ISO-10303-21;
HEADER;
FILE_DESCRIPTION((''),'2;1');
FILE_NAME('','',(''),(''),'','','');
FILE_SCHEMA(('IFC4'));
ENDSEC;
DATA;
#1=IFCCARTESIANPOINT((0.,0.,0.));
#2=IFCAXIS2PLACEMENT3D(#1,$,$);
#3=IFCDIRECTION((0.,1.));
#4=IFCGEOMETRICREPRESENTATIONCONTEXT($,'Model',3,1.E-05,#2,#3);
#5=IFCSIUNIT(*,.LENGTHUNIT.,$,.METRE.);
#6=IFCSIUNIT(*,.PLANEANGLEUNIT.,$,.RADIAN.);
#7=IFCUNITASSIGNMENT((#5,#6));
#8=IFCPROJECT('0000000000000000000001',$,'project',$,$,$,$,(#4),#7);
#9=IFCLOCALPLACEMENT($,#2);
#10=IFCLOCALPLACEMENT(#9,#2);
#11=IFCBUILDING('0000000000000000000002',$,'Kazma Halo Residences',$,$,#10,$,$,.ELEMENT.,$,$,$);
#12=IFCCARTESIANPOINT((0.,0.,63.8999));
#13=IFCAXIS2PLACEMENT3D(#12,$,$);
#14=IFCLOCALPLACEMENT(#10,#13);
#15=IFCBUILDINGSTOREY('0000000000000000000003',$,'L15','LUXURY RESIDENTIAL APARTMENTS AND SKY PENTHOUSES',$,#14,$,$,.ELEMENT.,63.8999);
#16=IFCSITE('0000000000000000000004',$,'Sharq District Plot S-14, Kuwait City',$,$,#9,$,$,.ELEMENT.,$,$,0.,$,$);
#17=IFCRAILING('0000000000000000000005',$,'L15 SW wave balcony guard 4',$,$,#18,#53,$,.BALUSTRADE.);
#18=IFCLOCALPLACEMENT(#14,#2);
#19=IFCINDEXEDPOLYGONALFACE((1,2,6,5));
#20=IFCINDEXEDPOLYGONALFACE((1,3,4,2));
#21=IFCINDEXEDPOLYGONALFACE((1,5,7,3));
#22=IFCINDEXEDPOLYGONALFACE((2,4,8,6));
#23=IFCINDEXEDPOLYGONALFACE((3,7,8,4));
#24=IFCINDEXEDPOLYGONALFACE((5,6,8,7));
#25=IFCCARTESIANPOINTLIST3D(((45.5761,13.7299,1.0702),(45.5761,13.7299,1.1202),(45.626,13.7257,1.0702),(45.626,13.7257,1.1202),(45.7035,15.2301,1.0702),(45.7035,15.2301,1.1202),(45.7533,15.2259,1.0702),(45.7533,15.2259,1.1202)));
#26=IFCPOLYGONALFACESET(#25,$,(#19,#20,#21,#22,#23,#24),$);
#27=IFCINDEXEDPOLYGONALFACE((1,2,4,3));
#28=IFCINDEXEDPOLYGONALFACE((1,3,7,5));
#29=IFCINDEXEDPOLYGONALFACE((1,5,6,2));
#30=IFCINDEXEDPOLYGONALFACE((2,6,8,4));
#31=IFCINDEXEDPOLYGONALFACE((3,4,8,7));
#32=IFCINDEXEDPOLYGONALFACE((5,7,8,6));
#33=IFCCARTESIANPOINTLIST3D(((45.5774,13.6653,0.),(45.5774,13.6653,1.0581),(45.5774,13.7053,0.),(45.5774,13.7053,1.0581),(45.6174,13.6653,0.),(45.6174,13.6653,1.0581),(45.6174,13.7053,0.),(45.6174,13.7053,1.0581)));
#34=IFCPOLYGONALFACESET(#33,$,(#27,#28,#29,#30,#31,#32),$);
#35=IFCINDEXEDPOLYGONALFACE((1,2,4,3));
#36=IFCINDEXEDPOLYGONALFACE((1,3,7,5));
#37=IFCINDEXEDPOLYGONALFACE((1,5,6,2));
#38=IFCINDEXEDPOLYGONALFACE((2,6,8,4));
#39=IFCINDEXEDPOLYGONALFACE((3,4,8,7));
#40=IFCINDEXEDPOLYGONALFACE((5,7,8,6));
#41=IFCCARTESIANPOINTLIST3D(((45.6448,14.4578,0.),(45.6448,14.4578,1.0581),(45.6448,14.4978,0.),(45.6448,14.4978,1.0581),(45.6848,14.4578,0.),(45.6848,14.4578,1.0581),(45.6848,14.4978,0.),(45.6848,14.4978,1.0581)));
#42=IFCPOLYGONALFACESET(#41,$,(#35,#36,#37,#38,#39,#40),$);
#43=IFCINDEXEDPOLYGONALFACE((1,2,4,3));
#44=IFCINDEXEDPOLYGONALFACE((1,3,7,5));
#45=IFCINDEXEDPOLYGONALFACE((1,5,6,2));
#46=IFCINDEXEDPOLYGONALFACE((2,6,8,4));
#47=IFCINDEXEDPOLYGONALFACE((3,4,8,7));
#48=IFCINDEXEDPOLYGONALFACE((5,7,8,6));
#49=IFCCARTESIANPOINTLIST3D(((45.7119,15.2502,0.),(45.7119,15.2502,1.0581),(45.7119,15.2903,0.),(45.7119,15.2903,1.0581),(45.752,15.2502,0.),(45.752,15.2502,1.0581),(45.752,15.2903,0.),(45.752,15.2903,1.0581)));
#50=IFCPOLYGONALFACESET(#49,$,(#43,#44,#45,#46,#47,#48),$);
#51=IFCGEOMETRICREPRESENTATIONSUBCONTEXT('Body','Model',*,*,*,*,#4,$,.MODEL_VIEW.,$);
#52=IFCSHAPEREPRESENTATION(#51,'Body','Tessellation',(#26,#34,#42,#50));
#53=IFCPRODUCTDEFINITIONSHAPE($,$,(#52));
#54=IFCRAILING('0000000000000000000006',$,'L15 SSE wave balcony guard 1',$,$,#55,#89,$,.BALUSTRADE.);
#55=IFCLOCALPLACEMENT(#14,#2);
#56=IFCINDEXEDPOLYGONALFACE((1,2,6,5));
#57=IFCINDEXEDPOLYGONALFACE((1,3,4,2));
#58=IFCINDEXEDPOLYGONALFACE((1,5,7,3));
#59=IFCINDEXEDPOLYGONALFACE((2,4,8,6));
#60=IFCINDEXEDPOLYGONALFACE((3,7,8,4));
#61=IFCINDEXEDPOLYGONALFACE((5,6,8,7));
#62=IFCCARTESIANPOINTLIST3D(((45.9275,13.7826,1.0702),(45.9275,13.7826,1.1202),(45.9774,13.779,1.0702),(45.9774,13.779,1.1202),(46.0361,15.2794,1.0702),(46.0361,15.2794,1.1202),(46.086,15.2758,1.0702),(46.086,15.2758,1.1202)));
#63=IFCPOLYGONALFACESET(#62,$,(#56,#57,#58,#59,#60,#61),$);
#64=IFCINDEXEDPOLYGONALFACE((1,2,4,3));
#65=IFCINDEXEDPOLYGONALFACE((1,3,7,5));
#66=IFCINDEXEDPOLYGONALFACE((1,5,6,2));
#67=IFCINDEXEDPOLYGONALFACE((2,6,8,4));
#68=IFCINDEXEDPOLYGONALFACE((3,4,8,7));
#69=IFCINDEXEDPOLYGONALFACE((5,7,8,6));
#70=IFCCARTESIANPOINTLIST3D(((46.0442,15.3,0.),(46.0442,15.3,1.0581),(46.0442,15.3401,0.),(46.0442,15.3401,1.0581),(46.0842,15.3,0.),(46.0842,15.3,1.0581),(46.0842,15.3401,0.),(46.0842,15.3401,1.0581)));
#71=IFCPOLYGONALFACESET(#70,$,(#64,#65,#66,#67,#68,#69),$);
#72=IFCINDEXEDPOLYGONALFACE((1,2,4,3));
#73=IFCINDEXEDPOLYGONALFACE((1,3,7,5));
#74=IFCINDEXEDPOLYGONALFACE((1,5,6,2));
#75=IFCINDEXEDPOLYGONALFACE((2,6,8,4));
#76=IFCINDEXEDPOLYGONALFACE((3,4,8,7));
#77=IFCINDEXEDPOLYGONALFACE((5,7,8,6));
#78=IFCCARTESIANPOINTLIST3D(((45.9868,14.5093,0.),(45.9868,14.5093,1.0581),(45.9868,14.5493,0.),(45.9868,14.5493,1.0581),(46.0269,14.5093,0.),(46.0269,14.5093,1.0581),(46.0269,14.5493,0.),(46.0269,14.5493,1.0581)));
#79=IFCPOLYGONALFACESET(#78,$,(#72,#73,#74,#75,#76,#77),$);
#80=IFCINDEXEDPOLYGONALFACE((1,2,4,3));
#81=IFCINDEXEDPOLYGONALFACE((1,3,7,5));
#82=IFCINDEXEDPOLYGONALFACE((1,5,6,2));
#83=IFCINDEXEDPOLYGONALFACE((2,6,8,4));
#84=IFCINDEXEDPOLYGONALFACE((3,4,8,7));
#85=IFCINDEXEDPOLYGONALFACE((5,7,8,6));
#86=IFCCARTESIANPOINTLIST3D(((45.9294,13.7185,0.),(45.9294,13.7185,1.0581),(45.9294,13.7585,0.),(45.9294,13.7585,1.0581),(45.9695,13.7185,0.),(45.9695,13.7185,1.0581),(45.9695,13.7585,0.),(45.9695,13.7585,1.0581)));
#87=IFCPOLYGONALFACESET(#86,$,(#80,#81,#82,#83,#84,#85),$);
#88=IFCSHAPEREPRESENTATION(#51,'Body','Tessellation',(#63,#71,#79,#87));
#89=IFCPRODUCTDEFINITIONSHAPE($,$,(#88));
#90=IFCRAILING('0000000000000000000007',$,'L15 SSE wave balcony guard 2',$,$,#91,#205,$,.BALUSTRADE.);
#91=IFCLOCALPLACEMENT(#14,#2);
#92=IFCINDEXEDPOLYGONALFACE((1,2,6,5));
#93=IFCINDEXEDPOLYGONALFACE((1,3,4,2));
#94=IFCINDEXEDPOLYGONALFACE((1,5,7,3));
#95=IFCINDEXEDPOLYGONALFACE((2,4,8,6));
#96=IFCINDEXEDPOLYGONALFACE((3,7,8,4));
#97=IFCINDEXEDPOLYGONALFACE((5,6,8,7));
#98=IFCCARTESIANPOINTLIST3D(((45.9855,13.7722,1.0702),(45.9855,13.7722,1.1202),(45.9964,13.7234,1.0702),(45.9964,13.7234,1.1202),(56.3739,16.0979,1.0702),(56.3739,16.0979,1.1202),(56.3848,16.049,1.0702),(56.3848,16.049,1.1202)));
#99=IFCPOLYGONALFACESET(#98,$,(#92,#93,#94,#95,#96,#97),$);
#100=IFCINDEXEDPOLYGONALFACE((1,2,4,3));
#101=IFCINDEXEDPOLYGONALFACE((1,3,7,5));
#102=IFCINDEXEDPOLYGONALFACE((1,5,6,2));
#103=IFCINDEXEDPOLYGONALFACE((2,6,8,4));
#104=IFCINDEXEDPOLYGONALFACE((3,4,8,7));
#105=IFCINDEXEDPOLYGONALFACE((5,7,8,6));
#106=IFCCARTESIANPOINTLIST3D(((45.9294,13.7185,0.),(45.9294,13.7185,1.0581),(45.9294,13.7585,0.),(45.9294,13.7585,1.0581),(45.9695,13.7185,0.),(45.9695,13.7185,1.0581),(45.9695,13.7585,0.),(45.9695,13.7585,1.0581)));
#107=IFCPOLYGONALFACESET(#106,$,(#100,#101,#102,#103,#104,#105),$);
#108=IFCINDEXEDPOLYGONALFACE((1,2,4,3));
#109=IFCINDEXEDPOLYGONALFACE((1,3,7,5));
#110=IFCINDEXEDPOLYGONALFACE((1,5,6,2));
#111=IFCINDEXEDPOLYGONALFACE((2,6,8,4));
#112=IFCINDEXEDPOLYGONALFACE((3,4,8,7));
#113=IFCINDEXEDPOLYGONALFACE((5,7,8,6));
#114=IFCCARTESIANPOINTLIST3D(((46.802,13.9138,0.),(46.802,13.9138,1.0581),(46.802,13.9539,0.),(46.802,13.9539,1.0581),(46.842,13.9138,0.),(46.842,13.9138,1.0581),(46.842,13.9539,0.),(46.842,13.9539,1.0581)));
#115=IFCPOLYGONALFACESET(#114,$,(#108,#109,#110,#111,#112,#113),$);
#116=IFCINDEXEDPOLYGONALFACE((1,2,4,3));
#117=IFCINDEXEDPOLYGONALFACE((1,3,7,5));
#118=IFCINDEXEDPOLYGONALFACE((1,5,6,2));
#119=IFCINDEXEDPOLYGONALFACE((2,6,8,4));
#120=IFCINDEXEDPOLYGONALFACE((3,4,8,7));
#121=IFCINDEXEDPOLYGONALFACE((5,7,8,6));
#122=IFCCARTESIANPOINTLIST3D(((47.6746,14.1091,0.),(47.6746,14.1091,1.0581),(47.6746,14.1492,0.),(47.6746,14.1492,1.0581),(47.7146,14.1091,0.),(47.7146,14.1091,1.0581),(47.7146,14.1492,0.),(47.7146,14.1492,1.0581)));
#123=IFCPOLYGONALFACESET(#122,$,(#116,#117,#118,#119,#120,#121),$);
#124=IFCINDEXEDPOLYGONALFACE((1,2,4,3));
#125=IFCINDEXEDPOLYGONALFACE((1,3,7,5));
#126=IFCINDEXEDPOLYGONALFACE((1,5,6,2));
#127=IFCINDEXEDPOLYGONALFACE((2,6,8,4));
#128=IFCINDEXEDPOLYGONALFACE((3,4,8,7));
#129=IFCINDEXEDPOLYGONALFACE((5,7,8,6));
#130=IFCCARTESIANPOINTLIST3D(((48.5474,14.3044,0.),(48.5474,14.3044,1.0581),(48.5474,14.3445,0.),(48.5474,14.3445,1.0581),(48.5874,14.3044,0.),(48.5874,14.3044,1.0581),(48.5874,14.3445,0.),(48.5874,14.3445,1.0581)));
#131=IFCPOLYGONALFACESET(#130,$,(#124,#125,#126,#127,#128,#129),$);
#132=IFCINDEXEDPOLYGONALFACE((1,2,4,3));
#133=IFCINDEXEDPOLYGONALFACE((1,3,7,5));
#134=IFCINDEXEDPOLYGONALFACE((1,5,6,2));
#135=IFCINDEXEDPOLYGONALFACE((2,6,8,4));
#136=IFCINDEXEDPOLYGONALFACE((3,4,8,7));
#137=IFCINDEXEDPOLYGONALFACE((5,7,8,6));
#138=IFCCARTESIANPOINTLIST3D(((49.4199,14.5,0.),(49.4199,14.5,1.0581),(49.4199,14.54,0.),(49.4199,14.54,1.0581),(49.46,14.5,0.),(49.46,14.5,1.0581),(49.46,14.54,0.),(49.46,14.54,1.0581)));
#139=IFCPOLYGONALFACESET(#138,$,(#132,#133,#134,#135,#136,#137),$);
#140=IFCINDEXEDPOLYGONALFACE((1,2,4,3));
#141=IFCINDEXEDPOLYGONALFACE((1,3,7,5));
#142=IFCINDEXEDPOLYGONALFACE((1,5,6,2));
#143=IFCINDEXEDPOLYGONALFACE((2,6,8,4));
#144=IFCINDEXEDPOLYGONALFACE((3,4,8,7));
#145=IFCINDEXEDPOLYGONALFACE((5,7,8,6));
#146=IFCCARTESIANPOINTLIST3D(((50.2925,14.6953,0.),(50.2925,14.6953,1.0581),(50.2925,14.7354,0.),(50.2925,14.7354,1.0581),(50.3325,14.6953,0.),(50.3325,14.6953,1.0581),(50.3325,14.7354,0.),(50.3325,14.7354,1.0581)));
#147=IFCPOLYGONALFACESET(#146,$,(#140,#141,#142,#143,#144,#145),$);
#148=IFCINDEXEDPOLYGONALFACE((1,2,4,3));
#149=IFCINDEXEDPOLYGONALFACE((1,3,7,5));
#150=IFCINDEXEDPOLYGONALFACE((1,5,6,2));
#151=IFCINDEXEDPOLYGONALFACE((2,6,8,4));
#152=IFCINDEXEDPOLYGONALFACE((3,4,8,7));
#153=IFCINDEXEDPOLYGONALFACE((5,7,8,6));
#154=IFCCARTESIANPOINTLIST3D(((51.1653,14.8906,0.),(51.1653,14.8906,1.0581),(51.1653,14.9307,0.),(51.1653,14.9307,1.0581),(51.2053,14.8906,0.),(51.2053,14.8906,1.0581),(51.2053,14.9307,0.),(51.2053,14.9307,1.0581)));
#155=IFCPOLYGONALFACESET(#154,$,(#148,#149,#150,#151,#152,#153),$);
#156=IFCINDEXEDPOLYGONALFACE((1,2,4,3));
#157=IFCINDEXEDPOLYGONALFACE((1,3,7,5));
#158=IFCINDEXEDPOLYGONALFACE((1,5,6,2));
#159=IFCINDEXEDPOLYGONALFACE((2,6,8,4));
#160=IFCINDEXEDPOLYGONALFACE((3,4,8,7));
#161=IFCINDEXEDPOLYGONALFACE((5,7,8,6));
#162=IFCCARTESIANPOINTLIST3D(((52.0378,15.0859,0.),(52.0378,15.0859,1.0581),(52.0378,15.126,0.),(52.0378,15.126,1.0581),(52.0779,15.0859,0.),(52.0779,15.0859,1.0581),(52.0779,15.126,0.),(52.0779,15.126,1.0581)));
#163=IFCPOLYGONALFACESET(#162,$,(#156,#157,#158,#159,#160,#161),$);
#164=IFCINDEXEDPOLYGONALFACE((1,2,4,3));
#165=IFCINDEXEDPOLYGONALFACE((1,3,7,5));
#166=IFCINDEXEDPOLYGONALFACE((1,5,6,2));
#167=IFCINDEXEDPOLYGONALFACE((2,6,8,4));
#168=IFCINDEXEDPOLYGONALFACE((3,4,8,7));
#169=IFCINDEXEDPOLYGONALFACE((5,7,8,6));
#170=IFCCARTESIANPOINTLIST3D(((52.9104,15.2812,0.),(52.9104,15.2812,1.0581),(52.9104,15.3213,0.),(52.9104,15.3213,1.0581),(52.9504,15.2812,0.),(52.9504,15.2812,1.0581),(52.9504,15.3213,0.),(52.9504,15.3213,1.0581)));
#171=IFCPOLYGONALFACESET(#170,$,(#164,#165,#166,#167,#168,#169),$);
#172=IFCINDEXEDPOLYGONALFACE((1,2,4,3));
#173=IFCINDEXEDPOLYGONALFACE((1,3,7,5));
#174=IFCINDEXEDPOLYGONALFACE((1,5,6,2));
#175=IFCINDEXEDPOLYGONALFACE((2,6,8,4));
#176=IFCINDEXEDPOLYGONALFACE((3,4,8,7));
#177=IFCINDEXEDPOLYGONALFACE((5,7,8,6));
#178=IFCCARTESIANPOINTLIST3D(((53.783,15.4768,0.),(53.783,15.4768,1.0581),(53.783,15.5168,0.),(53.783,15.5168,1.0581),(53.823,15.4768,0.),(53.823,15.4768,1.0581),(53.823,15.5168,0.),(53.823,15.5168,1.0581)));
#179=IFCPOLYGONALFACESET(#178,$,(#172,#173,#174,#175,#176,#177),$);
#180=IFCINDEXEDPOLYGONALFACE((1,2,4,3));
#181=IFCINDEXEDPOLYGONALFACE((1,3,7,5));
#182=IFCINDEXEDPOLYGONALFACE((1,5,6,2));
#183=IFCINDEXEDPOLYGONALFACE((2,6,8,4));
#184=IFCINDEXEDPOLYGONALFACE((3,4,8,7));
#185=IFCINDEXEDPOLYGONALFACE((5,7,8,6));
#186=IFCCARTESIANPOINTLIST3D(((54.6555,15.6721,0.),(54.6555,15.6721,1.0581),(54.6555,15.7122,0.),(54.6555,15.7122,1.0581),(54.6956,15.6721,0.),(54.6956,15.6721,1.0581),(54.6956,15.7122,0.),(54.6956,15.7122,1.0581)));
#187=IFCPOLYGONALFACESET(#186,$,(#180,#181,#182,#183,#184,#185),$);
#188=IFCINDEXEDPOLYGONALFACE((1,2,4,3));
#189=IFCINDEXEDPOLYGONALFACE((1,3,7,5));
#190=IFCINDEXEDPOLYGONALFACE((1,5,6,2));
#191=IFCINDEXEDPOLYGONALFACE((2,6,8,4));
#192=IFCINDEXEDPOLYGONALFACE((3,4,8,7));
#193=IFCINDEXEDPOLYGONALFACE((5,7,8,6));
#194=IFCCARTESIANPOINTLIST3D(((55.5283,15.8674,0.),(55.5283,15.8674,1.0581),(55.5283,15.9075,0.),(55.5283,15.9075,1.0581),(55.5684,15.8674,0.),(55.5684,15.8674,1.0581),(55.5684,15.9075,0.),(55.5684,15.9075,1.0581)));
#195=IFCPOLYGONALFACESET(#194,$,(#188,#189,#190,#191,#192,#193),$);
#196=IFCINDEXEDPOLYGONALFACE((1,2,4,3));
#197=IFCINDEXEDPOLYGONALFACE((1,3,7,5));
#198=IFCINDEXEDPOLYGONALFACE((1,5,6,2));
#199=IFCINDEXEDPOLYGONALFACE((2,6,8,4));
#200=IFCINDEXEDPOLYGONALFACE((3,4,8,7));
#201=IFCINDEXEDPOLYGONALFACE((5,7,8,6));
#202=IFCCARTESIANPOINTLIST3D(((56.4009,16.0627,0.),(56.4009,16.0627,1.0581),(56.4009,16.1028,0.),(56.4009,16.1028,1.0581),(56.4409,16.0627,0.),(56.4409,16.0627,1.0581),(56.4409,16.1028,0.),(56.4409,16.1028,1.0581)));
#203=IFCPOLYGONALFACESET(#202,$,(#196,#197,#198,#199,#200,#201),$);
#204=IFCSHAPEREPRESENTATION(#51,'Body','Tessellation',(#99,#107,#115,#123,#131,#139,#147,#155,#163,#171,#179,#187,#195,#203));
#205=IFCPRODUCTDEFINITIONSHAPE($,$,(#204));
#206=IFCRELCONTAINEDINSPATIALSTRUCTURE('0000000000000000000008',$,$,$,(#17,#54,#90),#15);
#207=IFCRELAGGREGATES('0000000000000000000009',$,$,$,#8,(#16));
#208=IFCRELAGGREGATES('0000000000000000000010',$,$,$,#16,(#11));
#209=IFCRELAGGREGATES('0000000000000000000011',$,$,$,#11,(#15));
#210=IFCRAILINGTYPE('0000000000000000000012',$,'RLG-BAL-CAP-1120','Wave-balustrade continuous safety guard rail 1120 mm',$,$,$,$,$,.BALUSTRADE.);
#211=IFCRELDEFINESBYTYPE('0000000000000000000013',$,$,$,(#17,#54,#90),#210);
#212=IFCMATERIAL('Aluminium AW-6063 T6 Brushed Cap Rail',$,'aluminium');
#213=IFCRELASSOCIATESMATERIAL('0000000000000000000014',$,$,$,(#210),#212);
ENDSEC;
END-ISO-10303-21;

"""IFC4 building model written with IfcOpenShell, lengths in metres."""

from ifc_helpers import new_model, si_unit, direction, frame, origin, origin_2d, place, context, subcontext, project, spatial, rectangle, extrude, material, type_object, element, save


model = new_model("IFC4")

# Units and contexts
model_context = context("Model", 3, precision=1e-05, world=origin(), true_north=direction((0.0, 1.0)))
body_context = subcontext(model_context, "Body", "Model", "MODEL_VIEW")
ifc_project = project(units=[si_unit("LENGTHUNIT", "METRE"), si_unit("PLANEANGLEUNIT", "RADIAN")], contexts=[model_context])

# Site, building, storey
site_placement = place(None, origin())
site = spatial("IfcSite", under=ifc_project, at=site_placement, Name="Sharq District Plot S-14, Kuwait City", CompositionType="ELEMENT", RefElevation=0.0)
building_placement = place(site_placement, origin())
building = spatial("IfcBuilding", under=site, at=building_placement, Name="Kazma Halo Residences", CompositionType="ELEMENT")
storey_placement = place(building_placement, frame((0.0, 0.0, 63.8999)))
storey = spatial("IfcBuildingStorey", under=building, at=storey_placement, Name="L15", Description="LUXURY RESIDENTIAL APARTMENTS AND SKY PENTHOUSES", CompositionType="ELEMENT", Elevation=63.8999)

# Railings
ifc_material_1 = material(Name="Aluminium AW-6063 T6 Brushed Cap Rail", Category="aluminium")
railing_type = type_object("IfcRailingType", Name="RLG-BAL-CAP-1120", Description="Wave-balustrade continuous safety guard rail 1120 mm", PredefinedType="BALUSTRADE", material=ifc_material_1)
railing_1_placement = place(storey_placement, frame((45.5974, 13.6853, 0.0)))
element("IfcRailing", 1, at=railing_1_placement, inside=storey, type_object=railing_type, Name="L15 SW wave balcony guard 4", PredefinedType="BALUSTRADE", context=body_context, shape_type="SweptSolid", body=[
    extrude(rectangle(XDim=0.05, YDim=0.05, at=origin_2d()), frame((0.0037, 0.0425, 1.0952), z_axis=(0.08457, 0.996418, 0.0), x_axis=(-0.996418, 0.08457, 0.0)), (0.0, 0.0, 1.0), 1.5056),
    extrude(rectangle(XDim=0.04, YDim=0.04, at=origin_2d()), origin(), (0.0, 0.0, 1.0), 1.0581),
    extrude(rectangle(XDim=0.04, YDim=0.04, at=origin_2d()), frame((0.0674, 0.7925, 0.0)), (0.0, 0.0, 1.0), 1.0581),
    extrude(rectangle(XDim=0.04, YDim=0.04, at=origin_2d()), frame((0.1345, 1.585, 0.0)), (0.0, 0.0, 1.0), 1.0581),
])
railing_2_placement = place(storey_placement, frame((46.0642, 15.3201, 0.0)))
element("IfcRailing", 2, at=railing_2_placement, inside=storey, type_object=railing_type, Name="L15 SSE wave balcony guard 1", PredefinedType="BALUSTRADE", context=body_context, shape_type="SweptSolid", body=[
    extrude(rectangle(XDim=0.05, YDim=0.05, at=origin_2d()), frame((-0.0032, -0.0425, 1.0952), z_axis=(-0.072363, -0.997378, 0.0), x_axis=(0.997378, -0.072363, 0.0)), (0.0, 0.0, 1.0), 1.5007),
    extrude(rectangle(XDim=0.04, YDim=0.04, at=origin_2d()), origin(), (0.0, 0.0, 1.0), 1.0581),
    extrude(rectangle(XDim=0.04, YDim=0.04, at=origin_2d()), frame((-0.0574, -0.7908, 0.0)), (0.0, 0.0, 1.0), 1.0581),
    extrude(rectangle(XDim=0.04, YDim=0.04, at=origin_2d()), frame((-0.1147, -1.5815, 0.0)), (0.0, 0.0, 1.0), 1.0581),
])
railing_3_placement = place(storey_placement, frame((45.9495, 13.7385, 0.0)))
element("IfcRailing", 3, at=railing_3_placement, inside=storey, type_object=railing_type, Name="L15 SSE wave balcony guard 2", PredefinedType="BALUSTRADE", context=body_context, shape_type="SweptSolid", body=[
    extrude(rectangle(XDim=0.05, YDim=0.05, at=origin_2d()), frame((0.0415, 0.0093, 1.0952), z_axis=(0.975845, 0.218462, 0.0), x_axis=(-0.218462, 0.975845, 0.0)), (0.0, 0.0, 1.0), 10.6455),
    extrude(rectangle(XDim=0.04, YDim=0.04, at=origin_2d()), origin(), (0.0, 0.0, 1.0), 1.0581),
    extrude(rectangle(XDim=0.04, YDim=0.04, at=origin_2d()), frame((0.8726, 0.1953, 0.0)), (0.0, 0.0, 1.0), 1.0581),
    extrude(rectangle(XDim=0.04, YDim=0.04, at=origin_2d()), frame((1.7451, 0.3906, 0.0)), (0.0, 0.0, 1.0), 1.0581),
    extrude(rectangle(XDim=0.04, YDim=0.04, at=origin_2d()), frame((2.6179, 0.5859, 0.0)), (0.0, 0.0, 1.0), 1.0581),
    extrude(rectangle(XDim=0.04, YDim=0.04, at=origin_2d()), frame((3.4905, 0.7815, 0.0)), (0.0, 0.0, 1.0), 1.0581),
    extrude(rectangle(XDim=0.04, YDim=0.04, at=origin_2d()), frame((4.363, 0.9768, 0.0)), (0.0, 0.0, 1.0), 1.0581),
    extrude(rectangle(XDim=0.04, YDim=0.04, at=origin_2d()), frame((5.2358, 1.1721, 0.0)), (0.0, 0.0, 1.0), 1.0581),
    extrude(rectangle(XDim=0.04, YDim=0.04, at=origin_2d()), frame((6.1084, 1.3674, 0.0)), (0.0, 0.0, 1.0), 1.0581),
    extrude(rectangle(XDim=0.04, YDim=0.04, at=origin_2d()), frame((6.981, 1.5627, 0.0)), (0.0, 0.0, 1.0), 1.0581),
    extrude(rectangle(XDim=0.04, YDim=0.04, at=origin_2d()), frame((7.8535, 1.7583, 0.0)), (0.0, 0.0, 1.0), 1.0581),
    extrude(rectangle(XDim=0.04, YDim=0.04, at=origin_2d()), frame((8.7261, 1.9536, 0.0)), (0.0, 0.0, 1.0), 1.0581),
    extrude(rectangle(XDim=0.04, YDim=0.04, at=origin_2d()), frame((9.5989, 2.1489, 0.0)), (0.0, 0.0, 1.0), 1.0581),
    extrude(rectangle(XDim=0.04, YDim=0.04, at=origin_2d()), frame((10.4714, 2.3442, 0.0)), (0.0, 0.0, 1.0), 1.0581),
])

save(model, "model.ifc")
